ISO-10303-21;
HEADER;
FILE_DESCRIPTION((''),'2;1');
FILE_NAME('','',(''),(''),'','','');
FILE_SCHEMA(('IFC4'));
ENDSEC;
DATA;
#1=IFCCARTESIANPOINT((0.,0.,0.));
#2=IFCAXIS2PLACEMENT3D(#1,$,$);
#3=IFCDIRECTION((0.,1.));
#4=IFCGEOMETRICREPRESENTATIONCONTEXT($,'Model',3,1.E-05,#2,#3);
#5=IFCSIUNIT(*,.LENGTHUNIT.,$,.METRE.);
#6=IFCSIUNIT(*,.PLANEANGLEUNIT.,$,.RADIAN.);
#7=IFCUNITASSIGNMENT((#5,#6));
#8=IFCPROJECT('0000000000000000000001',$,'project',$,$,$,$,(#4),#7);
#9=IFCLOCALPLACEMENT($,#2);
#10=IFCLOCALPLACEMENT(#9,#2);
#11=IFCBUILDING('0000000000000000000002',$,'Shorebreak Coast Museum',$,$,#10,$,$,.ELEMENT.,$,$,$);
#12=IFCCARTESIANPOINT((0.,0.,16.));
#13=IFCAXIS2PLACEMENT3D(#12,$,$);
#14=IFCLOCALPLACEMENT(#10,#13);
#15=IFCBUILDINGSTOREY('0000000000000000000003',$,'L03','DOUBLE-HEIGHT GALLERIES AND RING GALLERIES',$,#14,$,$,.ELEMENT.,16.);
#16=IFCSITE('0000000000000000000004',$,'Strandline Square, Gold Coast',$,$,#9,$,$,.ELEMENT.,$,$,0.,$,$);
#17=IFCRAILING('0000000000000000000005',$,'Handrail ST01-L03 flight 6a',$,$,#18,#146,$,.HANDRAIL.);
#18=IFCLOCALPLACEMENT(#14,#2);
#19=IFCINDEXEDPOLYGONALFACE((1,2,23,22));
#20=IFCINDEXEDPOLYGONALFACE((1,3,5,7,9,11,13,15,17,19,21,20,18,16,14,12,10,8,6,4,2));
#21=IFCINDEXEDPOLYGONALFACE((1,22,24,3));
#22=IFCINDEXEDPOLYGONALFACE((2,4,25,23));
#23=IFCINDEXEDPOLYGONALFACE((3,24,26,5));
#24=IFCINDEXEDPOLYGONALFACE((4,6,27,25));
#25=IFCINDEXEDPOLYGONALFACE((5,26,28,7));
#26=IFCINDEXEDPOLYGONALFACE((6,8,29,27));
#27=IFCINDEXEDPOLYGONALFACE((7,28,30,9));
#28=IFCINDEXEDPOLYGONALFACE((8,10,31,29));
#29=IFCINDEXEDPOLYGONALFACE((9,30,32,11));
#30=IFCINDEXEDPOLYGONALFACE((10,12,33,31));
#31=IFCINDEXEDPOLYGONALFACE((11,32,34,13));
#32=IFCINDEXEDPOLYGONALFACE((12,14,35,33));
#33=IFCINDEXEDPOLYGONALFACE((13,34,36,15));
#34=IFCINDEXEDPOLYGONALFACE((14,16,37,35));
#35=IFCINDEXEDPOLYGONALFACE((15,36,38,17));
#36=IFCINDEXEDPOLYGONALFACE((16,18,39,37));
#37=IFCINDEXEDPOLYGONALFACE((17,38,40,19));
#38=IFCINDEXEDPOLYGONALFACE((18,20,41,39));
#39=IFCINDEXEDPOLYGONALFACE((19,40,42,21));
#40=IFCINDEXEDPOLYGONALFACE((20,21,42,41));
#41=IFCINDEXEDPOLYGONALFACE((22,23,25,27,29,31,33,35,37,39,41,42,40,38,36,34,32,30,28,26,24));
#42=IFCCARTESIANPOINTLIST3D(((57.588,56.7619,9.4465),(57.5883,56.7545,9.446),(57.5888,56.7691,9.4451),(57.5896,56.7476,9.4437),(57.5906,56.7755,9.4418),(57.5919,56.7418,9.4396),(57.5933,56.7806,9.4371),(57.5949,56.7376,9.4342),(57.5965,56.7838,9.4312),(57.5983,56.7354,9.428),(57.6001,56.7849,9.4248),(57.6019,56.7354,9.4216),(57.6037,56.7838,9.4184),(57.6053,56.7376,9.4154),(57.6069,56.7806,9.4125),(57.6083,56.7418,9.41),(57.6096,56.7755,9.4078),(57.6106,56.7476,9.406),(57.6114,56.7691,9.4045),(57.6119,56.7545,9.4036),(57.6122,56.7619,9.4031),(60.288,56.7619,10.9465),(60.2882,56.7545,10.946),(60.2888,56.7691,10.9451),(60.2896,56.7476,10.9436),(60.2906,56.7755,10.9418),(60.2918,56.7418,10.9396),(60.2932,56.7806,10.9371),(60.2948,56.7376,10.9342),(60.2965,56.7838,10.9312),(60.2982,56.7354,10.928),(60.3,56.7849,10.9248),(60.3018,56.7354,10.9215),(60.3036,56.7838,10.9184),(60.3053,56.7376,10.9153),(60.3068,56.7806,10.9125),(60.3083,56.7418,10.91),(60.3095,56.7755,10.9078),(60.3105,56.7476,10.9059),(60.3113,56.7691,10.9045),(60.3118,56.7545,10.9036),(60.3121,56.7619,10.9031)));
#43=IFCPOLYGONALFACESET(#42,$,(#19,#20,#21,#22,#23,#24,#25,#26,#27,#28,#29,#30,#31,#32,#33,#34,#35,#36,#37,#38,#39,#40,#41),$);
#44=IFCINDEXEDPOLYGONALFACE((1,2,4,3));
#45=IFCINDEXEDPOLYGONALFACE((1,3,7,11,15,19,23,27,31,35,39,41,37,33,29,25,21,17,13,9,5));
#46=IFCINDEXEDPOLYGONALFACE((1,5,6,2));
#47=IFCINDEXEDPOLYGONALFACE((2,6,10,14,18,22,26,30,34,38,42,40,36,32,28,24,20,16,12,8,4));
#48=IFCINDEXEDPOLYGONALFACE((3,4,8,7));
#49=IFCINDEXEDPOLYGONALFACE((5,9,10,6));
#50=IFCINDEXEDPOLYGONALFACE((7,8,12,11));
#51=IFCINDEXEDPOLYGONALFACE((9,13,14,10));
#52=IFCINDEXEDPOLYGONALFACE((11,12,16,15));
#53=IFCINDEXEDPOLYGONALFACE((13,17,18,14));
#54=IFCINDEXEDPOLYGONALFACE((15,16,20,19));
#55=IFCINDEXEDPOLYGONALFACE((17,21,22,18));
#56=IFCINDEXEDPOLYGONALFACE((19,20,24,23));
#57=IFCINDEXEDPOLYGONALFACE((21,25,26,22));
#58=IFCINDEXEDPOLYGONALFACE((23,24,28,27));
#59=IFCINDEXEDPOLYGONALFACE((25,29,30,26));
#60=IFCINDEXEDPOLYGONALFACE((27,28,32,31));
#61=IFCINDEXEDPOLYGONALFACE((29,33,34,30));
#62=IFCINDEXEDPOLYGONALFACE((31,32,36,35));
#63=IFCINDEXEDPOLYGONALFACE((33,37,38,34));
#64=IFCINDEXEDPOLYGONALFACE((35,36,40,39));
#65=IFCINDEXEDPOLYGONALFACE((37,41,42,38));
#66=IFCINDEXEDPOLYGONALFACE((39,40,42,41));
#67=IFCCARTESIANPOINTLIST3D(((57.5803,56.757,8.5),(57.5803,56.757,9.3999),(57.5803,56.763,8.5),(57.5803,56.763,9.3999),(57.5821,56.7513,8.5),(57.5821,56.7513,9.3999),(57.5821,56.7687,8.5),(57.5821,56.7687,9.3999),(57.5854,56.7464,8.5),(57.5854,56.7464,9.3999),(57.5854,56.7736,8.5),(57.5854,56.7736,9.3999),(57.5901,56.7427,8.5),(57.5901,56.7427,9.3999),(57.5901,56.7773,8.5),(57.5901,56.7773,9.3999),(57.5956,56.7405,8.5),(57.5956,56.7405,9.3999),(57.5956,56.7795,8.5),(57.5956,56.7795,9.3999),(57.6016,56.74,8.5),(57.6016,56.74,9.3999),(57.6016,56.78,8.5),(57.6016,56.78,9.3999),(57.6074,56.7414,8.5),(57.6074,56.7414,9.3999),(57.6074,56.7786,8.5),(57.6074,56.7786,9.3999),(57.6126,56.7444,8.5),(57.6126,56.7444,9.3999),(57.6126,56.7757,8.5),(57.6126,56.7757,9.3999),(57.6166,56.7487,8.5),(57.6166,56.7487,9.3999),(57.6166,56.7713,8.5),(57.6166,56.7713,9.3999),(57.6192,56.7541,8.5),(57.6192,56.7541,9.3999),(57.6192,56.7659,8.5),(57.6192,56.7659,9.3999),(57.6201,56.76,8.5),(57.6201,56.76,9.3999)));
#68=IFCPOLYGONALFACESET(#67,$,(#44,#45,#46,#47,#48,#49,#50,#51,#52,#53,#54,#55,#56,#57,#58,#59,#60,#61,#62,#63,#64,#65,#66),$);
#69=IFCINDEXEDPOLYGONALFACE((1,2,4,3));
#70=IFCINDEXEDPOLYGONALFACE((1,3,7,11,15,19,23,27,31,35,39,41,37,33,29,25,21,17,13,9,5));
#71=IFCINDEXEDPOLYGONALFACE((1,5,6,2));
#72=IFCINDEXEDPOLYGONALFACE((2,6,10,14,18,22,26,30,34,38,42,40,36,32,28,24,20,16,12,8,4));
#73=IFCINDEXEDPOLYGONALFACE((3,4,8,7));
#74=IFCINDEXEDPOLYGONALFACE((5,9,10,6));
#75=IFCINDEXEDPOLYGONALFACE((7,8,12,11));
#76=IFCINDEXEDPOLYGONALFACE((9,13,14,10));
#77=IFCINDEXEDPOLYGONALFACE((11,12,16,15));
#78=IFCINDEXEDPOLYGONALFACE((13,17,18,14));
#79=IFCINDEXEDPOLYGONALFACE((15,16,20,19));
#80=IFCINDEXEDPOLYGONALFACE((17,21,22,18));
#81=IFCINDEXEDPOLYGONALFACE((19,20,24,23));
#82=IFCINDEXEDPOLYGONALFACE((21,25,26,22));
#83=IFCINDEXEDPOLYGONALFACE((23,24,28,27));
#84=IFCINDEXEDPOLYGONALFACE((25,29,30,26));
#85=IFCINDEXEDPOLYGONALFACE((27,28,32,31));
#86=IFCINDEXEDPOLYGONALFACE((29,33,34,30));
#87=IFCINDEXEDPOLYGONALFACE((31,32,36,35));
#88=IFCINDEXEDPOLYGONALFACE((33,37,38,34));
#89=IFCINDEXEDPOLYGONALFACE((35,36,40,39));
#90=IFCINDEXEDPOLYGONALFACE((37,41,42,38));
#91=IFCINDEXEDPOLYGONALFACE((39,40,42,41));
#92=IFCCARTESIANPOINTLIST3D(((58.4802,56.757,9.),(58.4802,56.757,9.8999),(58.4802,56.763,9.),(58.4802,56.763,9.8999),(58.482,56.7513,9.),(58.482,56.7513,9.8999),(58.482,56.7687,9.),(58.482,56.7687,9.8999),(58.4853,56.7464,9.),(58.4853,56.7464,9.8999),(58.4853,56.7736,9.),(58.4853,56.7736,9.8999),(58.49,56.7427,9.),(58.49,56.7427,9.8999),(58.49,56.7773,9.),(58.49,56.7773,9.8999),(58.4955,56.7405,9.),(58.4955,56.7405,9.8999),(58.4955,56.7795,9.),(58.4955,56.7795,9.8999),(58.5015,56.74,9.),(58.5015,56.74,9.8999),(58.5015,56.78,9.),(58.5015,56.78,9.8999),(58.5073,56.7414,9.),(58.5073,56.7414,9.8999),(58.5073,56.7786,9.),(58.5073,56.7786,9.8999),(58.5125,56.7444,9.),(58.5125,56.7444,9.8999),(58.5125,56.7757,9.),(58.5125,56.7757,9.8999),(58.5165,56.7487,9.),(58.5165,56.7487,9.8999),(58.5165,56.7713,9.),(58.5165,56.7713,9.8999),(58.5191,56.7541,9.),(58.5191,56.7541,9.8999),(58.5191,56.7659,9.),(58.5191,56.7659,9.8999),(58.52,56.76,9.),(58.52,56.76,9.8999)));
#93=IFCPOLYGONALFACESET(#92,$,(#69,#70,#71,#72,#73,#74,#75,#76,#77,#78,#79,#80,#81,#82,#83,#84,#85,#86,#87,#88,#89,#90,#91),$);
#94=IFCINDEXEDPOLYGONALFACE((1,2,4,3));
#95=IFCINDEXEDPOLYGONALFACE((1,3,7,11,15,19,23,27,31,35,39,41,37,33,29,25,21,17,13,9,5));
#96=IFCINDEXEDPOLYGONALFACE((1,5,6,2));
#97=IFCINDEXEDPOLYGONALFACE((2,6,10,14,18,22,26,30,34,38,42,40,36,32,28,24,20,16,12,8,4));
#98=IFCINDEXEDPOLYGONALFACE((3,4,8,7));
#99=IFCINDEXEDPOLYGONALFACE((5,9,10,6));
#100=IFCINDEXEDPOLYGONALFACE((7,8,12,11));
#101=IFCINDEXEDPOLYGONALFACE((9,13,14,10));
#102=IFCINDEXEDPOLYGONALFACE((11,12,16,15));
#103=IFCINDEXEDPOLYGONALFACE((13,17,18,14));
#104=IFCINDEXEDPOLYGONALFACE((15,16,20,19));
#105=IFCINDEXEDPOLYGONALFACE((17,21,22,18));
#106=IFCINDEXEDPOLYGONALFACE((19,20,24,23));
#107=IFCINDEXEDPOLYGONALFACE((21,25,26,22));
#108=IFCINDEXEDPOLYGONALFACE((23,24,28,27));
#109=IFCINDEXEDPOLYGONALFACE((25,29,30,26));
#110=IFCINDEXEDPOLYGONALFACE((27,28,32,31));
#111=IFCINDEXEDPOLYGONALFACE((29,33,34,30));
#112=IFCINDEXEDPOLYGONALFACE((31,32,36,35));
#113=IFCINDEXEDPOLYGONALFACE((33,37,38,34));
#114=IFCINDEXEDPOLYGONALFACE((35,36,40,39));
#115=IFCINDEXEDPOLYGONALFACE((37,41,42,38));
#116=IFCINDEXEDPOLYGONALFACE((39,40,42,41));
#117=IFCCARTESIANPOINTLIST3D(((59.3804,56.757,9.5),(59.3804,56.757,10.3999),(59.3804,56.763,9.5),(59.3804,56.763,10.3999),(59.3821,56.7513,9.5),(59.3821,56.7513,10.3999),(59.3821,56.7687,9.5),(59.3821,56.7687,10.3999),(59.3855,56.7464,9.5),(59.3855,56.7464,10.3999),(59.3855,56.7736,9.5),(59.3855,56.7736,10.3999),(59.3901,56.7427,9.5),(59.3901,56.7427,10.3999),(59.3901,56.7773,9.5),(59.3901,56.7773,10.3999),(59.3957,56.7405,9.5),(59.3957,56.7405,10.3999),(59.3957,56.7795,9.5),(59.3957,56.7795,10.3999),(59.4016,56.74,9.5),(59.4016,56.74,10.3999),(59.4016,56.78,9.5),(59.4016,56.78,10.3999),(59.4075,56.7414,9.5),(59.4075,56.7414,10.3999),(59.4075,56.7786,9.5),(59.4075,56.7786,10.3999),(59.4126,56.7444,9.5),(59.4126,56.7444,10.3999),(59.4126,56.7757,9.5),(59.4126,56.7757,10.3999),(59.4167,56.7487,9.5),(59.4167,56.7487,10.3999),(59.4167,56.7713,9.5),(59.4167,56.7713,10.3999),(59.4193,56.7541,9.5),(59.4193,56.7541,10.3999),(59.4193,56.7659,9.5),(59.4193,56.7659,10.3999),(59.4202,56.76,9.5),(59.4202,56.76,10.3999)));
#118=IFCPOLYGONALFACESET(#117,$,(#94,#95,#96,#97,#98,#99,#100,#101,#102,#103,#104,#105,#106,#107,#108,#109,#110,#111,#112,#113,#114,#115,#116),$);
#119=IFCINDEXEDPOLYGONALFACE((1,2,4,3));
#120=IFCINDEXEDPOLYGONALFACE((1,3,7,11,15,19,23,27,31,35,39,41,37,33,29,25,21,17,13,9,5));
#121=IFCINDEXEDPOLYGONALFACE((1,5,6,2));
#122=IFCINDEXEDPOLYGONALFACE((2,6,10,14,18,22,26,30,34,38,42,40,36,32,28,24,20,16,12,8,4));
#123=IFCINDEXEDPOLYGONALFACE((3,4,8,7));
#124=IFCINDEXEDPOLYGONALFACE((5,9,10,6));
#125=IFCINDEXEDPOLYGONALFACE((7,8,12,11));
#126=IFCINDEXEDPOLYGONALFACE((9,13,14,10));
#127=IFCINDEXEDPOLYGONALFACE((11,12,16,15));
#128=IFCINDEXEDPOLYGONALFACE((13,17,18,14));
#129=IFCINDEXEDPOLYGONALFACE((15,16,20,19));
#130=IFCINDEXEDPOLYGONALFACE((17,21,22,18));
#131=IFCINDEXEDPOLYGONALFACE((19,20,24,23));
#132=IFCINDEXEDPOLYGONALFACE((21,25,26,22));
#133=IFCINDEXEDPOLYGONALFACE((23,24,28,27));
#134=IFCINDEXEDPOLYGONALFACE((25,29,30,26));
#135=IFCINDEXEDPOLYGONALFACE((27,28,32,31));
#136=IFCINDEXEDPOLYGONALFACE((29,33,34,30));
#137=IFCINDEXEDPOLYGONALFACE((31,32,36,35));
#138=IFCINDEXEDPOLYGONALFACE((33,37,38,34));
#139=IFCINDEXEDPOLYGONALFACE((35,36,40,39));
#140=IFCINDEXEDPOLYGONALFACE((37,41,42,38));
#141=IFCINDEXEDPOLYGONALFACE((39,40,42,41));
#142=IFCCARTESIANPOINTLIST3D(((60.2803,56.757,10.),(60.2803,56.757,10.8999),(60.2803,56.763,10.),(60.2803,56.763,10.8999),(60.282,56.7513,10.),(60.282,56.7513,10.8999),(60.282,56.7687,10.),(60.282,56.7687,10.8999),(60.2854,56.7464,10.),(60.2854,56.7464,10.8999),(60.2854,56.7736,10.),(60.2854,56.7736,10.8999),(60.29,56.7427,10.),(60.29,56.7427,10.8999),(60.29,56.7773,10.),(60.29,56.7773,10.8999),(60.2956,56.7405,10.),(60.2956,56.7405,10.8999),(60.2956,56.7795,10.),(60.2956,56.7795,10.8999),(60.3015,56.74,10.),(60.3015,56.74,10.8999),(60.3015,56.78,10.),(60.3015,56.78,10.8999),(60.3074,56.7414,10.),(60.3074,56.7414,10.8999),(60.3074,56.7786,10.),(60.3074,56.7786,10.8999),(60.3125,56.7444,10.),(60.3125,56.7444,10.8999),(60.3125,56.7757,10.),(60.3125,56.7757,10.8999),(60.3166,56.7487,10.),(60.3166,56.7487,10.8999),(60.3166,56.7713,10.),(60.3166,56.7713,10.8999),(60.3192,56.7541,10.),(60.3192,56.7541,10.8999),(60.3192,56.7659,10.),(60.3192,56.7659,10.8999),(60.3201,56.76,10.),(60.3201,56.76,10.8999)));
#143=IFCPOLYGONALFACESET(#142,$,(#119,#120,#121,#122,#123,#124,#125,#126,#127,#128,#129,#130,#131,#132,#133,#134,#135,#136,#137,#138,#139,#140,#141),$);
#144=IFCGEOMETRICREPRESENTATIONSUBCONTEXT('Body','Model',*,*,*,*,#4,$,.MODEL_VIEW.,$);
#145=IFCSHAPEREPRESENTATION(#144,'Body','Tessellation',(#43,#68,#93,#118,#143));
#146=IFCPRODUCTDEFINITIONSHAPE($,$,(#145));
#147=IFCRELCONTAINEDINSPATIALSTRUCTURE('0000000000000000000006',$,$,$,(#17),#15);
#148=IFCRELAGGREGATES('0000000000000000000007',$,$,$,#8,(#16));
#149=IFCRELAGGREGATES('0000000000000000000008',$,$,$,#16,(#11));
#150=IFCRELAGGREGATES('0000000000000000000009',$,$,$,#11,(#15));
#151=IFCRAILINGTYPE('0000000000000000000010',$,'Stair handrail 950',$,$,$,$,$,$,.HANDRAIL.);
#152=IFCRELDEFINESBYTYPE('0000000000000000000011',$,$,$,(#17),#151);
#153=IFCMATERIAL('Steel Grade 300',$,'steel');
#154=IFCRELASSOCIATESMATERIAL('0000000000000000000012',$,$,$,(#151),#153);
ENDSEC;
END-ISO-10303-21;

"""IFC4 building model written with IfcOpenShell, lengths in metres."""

from ifc_helpers import new_model, si_unit, direction, frame, origin, origin_2d, place, context, subcontext, project, spatial, circle, extrude, material, type_object, element, save


model = new_model("IFC4")

# Units and contexts
model_context = context("Model", 3, precision=1e-05, world=origin(), true_north=direction((0.0, 1.0)))
body_context = subcontext(model_context, "Body", "Model", "MODEL_VIEW")
ifc_project = project(units=[si_unit("LENGTHUNIT", "METRE"), si_unit("PLANEANGLEUNIT", "RADIAN")], contexts=[model_context])

# Site, building, storey
site_placement = place(None, origin())
site = spatial("IfcSite", under=ifc_project, at=site_placement, Name="Strandline Square, Gold Coast", CompositionType="ELEMENT", RefElevation=0.0)
building_placement = place(site_placement, origin())
building = spatial("IfcBuilding", under=site, at=building_placement, Name="Shorebreak Coast Museum", CompositionType="ELEMENT")
storey_placement = place(building_placement, frame((0.0, 0.0, 16.0)))
storey = spatial("IfcBuildingStorey", under=building, at=storey_placement, Name="L03", Description="DOUBLE-HEIGHT GALLERIES AND RING GALLERIES", CompositionType="ELEMENT", Elevation=16.0)

# Railing
ifc_material_1 = material(Name="Steel Grade 300", Category="steel")
railing_type_1 = type_object("IfcRailingType", Name="Stair handrail 950", PredefinedType="HANDRAIL", material=ifc_material_1)
for number, where, name in (
    (1, (57.6001, 56.76, 8.5), "Handrail ST01-L03 flight 6a"),
):
    element("IfcRailing", number, at=place(storey_placement, frame(where)), inside=storey, type_object=railing_type_1, Name=name, PredefinedType="HANDRAIL", context=body_context, shape_type="SweptSolid", body=[
        extrude(circle(Radius=0.0249, at=origin_2d()), frame((0.0, 0.0, 0.9248), z_axis=(0.874154, 0.0, 0.48565), x_axis=(0.0, 1.0, 0.0)), (0.0, 0.0, 1.0), 3.0886),
        extrude(circle(Radius=0.02, at=origin_2d()), origin(), (0.0, 0.0, 1.0), 0.8999),
        extrude(circle(Radius=0.02, at=origin_2d()), frame((0.8999, 0.0, 0.5)), (0.0, 0.0, 1.0), 0.8999),
        extrude(circle(Radius=0.02, at=origin_2d()), frame((1.8, 0.0, 1.0)), (0.0, 0.0, 1.0), 0.8999),
        extrude(circle(Radius=0.02, at=origin_2d()), frame((2.7, 0.0, 1.5)), (0.0, 0.0, 1.0), 0.8999),
    ])

save(model, "model.ifc")
